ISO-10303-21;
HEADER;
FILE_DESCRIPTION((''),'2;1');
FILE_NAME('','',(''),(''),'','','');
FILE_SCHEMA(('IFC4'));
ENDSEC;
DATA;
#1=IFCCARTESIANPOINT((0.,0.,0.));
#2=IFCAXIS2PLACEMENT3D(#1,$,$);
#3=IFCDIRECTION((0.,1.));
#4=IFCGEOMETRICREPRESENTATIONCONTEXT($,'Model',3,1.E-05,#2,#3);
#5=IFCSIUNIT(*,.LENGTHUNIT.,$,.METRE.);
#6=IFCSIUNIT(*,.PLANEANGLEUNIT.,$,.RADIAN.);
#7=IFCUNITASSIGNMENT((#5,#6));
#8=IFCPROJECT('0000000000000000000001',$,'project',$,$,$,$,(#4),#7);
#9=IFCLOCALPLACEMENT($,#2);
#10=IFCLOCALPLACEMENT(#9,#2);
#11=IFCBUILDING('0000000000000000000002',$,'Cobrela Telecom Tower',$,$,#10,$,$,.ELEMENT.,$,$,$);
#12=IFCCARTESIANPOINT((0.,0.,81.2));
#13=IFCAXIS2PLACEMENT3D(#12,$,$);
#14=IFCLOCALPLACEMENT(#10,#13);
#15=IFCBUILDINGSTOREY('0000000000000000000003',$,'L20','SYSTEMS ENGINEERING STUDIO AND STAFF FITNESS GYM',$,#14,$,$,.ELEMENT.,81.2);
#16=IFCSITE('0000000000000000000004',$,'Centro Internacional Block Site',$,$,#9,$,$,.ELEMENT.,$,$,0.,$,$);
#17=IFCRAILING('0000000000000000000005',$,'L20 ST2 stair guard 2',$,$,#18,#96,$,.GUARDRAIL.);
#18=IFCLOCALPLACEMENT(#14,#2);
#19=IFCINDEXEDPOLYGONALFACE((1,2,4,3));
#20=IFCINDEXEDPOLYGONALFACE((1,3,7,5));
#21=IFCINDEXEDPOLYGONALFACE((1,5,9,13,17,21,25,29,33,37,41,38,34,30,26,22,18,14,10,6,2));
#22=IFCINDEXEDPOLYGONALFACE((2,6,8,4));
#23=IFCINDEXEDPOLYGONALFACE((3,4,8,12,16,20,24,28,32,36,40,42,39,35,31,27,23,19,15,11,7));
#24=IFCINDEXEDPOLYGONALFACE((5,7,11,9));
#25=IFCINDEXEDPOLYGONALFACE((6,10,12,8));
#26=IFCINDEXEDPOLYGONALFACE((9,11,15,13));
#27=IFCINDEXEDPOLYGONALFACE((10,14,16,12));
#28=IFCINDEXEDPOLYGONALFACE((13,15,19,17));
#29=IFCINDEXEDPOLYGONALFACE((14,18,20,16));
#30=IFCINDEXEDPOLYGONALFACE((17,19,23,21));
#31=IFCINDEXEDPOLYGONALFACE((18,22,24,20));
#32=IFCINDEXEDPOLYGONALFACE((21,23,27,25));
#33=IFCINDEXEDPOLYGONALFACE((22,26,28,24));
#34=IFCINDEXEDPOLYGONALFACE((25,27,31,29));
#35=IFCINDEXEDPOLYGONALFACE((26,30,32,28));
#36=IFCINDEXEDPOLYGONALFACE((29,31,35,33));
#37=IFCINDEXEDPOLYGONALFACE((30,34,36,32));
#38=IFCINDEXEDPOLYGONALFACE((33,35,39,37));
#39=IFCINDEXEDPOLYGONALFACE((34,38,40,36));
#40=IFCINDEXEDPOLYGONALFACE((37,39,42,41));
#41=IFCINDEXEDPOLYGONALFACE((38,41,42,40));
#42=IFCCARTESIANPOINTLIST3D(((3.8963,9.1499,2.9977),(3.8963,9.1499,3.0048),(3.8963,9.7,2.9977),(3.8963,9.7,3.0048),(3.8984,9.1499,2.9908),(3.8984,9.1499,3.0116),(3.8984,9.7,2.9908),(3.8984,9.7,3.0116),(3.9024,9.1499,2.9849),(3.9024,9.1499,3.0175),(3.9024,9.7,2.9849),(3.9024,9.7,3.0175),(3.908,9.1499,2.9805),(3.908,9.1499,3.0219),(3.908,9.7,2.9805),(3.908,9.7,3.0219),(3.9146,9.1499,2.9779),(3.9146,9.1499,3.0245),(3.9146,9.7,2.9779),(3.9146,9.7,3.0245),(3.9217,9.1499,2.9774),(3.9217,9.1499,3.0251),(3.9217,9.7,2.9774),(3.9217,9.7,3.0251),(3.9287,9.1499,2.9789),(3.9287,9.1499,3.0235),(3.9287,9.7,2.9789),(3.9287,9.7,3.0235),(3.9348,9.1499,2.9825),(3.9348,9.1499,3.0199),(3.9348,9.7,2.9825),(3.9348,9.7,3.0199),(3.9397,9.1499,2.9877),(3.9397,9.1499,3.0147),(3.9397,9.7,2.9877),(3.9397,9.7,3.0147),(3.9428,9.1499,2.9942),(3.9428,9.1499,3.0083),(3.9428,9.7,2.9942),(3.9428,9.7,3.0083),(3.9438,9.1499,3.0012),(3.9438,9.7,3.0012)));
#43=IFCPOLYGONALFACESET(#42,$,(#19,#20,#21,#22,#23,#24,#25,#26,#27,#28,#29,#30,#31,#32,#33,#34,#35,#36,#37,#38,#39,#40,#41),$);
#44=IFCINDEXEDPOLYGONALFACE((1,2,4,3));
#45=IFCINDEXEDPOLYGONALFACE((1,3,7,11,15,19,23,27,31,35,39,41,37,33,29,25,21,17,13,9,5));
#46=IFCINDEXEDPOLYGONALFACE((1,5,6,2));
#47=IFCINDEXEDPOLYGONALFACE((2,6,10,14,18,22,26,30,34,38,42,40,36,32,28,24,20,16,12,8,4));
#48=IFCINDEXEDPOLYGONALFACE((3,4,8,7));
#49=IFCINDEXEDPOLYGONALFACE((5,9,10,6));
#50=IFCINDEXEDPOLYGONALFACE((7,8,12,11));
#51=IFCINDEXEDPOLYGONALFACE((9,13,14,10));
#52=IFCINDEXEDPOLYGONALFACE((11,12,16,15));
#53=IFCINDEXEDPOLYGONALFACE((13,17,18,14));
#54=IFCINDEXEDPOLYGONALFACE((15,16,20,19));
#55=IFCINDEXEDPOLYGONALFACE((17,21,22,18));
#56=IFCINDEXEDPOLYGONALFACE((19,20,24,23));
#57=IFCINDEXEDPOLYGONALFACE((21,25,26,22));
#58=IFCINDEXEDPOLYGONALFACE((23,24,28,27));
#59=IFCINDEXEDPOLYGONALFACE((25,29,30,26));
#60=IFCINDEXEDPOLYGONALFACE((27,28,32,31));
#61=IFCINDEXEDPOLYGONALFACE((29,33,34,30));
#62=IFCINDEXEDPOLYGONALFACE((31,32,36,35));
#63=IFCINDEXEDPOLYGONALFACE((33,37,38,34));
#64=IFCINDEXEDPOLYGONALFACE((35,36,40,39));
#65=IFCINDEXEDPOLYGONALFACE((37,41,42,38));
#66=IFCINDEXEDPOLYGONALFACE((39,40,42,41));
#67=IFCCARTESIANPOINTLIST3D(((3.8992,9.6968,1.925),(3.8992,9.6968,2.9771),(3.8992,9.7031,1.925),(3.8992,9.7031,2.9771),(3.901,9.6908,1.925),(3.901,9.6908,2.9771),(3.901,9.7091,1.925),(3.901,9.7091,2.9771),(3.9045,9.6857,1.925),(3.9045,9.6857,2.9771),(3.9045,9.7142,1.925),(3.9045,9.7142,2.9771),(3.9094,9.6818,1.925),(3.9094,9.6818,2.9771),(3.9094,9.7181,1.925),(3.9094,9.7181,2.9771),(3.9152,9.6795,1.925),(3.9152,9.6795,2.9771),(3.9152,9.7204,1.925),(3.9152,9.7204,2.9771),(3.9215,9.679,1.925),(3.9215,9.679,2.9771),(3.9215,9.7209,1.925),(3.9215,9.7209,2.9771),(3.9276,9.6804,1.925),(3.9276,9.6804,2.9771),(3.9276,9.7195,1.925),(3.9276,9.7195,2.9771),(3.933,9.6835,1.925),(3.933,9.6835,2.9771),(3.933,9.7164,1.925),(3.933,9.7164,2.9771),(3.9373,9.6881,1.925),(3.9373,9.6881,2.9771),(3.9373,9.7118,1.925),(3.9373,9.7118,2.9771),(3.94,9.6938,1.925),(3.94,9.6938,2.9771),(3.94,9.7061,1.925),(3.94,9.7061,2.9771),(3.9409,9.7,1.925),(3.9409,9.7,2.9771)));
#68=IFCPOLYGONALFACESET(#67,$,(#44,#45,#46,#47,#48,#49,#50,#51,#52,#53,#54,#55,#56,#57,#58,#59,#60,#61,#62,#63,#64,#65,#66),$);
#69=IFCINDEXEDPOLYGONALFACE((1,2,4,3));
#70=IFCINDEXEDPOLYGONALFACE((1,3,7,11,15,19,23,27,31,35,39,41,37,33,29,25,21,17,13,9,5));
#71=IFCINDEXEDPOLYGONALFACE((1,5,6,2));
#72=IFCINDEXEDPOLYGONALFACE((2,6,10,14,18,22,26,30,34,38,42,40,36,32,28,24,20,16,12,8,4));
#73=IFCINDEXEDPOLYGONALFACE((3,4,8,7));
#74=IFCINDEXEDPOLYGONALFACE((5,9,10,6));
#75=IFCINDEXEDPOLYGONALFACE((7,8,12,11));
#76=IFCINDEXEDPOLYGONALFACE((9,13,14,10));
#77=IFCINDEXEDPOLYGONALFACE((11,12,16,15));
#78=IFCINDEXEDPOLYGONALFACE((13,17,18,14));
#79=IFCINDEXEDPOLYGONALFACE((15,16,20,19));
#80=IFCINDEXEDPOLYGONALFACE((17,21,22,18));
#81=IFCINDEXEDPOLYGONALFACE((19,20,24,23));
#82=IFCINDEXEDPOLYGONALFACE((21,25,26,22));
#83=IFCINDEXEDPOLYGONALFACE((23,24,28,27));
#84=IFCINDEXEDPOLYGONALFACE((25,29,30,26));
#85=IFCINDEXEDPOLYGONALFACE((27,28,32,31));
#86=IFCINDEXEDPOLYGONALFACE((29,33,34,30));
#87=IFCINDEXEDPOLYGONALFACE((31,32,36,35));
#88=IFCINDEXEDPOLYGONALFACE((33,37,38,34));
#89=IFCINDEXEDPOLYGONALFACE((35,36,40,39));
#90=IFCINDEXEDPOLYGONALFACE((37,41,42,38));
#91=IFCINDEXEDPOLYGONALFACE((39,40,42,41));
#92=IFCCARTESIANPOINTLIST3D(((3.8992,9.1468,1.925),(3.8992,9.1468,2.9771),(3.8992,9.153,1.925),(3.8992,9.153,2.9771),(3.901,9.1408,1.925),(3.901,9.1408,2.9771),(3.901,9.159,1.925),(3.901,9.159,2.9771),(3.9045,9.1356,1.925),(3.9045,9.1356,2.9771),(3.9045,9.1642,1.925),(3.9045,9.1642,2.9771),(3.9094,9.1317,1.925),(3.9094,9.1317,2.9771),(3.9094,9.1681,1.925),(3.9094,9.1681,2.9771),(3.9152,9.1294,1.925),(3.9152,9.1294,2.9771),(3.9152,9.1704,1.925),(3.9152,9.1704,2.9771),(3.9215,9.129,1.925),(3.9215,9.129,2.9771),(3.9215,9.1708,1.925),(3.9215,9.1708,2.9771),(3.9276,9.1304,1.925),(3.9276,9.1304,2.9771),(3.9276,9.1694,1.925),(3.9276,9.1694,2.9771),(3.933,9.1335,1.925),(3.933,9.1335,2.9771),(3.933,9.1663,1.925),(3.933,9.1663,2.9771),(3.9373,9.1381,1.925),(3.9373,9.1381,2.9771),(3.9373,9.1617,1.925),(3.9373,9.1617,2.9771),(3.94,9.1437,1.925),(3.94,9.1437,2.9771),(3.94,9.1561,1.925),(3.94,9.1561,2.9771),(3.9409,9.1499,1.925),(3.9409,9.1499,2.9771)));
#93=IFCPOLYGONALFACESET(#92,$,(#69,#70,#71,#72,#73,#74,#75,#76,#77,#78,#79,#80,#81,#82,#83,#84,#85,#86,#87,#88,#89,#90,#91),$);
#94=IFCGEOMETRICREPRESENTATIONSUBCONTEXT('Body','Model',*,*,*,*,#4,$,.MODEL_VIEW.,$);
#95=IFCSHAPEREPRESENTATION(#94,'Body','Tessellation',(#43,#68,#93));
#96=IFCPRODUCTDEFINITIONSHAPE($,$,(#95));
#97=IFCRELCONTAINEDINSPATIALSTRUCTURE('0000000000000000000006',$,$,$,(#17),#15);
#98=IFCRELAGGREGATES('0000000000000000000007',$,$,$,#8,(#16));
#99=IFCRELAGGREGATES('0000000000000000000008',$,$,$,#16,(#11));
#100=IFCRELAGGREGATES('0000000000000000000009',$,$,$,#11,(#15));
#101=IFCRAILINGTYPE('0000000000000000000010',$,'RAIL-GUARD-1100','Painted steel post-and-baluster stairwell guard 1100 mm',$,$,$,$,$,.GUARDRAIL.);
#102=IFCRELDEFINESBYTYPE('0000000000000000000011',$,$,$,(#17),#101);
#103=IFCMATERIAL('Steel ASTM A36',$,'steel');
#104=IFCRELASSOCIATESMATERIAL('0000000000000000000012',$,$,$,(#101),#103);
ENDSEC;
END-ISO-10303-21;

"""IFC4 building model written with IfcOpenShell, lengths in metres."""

from ifc_helpers import new_model, si_unit, direction, frame, origin, origin_2d, place, context, subcontext, project, spatial, circle, extrude, material, type_object, element, save


model = new_model("IFC4")

# Units and contexts
model_context = context("Model", 3, precision=1e-05, world=origin(), true_north=direction((0.0, 1.0)))
body_context = subcontext(model_context, "Body", "Model", "MODEL_VIEW")
ifc_project = project(units=[si_unit("LENGTHUNIT", "METRE"), si_unit("PLANEANGLEUNIT", "RADIAN")], contexts=[model_context])

# Site, building, storey
site_placement = place(None, origin())
site = spatial("IfcSite", under=ifc_project, at=site_placement, Name="Centro Internacional Block Site", CompositionType="ELEMENT", RefElevation=0.0)
building_placement = place(site_placement, origin())
building = spatial("IfcBuilding", under=site, at=building_placement, Name="Cobrela Telecom Tower", CompositionType="ELEMENT")
storey_placement = place(building_placement, frame((0.0, 0.0, 81.2)))
storey = spatial("IfcBuildingStorey", under=building, at=storey_placement, Name="L20", Description="SYSTEMS ENGINEERING STUDIO AND STAFF FITNESS GYM", CompositionType="ELEMENT", Elevation=81.2)

# Railing
ifc_material_1 = material(Name="Steel ASTM A36", Category="steel")
railing_type_1 = type_object("IfcRailingType", Name="RAIL-GUARD-1100", Description="Painted steel post-and-baluster stairwell guard 1100 mm", PredefinedType="GUARDRAIL", material=ifc_material_1)
railing_1_placement = place(storey_placement, frame((3.9199, 9.7, 1.925)))
element("IfcRailing", 1, at=railing_1_placement, inside=storey, type_object=railing_type_1, Name="L20 ST2 stair guard 2", PredefinedType="GUARDRAIL", context=body_context, shape_type="SweptSolid", body=[
    extrude(circle(Radius=0.0239, at=origin_2d()), frame((0.0, 0.0, 1.0762), z_axis=(0.0, -1.0, 0.0), x_axis=(1.0, 0.0, 0.0)), (0.0, 0.0, 1.0), 0.55),
    extrude(circle(Radius=0.021, at=origin_2d()), origin(), (0.0, 0.0, 1.0), 1.052),
    extrude(circle(Radius=0.021, at=origin_2d()), frame((0.0, -0.55, 0.0)), (0.0, 0.0, 1.0), 1.052),
])

save(model, "model.ifc")
